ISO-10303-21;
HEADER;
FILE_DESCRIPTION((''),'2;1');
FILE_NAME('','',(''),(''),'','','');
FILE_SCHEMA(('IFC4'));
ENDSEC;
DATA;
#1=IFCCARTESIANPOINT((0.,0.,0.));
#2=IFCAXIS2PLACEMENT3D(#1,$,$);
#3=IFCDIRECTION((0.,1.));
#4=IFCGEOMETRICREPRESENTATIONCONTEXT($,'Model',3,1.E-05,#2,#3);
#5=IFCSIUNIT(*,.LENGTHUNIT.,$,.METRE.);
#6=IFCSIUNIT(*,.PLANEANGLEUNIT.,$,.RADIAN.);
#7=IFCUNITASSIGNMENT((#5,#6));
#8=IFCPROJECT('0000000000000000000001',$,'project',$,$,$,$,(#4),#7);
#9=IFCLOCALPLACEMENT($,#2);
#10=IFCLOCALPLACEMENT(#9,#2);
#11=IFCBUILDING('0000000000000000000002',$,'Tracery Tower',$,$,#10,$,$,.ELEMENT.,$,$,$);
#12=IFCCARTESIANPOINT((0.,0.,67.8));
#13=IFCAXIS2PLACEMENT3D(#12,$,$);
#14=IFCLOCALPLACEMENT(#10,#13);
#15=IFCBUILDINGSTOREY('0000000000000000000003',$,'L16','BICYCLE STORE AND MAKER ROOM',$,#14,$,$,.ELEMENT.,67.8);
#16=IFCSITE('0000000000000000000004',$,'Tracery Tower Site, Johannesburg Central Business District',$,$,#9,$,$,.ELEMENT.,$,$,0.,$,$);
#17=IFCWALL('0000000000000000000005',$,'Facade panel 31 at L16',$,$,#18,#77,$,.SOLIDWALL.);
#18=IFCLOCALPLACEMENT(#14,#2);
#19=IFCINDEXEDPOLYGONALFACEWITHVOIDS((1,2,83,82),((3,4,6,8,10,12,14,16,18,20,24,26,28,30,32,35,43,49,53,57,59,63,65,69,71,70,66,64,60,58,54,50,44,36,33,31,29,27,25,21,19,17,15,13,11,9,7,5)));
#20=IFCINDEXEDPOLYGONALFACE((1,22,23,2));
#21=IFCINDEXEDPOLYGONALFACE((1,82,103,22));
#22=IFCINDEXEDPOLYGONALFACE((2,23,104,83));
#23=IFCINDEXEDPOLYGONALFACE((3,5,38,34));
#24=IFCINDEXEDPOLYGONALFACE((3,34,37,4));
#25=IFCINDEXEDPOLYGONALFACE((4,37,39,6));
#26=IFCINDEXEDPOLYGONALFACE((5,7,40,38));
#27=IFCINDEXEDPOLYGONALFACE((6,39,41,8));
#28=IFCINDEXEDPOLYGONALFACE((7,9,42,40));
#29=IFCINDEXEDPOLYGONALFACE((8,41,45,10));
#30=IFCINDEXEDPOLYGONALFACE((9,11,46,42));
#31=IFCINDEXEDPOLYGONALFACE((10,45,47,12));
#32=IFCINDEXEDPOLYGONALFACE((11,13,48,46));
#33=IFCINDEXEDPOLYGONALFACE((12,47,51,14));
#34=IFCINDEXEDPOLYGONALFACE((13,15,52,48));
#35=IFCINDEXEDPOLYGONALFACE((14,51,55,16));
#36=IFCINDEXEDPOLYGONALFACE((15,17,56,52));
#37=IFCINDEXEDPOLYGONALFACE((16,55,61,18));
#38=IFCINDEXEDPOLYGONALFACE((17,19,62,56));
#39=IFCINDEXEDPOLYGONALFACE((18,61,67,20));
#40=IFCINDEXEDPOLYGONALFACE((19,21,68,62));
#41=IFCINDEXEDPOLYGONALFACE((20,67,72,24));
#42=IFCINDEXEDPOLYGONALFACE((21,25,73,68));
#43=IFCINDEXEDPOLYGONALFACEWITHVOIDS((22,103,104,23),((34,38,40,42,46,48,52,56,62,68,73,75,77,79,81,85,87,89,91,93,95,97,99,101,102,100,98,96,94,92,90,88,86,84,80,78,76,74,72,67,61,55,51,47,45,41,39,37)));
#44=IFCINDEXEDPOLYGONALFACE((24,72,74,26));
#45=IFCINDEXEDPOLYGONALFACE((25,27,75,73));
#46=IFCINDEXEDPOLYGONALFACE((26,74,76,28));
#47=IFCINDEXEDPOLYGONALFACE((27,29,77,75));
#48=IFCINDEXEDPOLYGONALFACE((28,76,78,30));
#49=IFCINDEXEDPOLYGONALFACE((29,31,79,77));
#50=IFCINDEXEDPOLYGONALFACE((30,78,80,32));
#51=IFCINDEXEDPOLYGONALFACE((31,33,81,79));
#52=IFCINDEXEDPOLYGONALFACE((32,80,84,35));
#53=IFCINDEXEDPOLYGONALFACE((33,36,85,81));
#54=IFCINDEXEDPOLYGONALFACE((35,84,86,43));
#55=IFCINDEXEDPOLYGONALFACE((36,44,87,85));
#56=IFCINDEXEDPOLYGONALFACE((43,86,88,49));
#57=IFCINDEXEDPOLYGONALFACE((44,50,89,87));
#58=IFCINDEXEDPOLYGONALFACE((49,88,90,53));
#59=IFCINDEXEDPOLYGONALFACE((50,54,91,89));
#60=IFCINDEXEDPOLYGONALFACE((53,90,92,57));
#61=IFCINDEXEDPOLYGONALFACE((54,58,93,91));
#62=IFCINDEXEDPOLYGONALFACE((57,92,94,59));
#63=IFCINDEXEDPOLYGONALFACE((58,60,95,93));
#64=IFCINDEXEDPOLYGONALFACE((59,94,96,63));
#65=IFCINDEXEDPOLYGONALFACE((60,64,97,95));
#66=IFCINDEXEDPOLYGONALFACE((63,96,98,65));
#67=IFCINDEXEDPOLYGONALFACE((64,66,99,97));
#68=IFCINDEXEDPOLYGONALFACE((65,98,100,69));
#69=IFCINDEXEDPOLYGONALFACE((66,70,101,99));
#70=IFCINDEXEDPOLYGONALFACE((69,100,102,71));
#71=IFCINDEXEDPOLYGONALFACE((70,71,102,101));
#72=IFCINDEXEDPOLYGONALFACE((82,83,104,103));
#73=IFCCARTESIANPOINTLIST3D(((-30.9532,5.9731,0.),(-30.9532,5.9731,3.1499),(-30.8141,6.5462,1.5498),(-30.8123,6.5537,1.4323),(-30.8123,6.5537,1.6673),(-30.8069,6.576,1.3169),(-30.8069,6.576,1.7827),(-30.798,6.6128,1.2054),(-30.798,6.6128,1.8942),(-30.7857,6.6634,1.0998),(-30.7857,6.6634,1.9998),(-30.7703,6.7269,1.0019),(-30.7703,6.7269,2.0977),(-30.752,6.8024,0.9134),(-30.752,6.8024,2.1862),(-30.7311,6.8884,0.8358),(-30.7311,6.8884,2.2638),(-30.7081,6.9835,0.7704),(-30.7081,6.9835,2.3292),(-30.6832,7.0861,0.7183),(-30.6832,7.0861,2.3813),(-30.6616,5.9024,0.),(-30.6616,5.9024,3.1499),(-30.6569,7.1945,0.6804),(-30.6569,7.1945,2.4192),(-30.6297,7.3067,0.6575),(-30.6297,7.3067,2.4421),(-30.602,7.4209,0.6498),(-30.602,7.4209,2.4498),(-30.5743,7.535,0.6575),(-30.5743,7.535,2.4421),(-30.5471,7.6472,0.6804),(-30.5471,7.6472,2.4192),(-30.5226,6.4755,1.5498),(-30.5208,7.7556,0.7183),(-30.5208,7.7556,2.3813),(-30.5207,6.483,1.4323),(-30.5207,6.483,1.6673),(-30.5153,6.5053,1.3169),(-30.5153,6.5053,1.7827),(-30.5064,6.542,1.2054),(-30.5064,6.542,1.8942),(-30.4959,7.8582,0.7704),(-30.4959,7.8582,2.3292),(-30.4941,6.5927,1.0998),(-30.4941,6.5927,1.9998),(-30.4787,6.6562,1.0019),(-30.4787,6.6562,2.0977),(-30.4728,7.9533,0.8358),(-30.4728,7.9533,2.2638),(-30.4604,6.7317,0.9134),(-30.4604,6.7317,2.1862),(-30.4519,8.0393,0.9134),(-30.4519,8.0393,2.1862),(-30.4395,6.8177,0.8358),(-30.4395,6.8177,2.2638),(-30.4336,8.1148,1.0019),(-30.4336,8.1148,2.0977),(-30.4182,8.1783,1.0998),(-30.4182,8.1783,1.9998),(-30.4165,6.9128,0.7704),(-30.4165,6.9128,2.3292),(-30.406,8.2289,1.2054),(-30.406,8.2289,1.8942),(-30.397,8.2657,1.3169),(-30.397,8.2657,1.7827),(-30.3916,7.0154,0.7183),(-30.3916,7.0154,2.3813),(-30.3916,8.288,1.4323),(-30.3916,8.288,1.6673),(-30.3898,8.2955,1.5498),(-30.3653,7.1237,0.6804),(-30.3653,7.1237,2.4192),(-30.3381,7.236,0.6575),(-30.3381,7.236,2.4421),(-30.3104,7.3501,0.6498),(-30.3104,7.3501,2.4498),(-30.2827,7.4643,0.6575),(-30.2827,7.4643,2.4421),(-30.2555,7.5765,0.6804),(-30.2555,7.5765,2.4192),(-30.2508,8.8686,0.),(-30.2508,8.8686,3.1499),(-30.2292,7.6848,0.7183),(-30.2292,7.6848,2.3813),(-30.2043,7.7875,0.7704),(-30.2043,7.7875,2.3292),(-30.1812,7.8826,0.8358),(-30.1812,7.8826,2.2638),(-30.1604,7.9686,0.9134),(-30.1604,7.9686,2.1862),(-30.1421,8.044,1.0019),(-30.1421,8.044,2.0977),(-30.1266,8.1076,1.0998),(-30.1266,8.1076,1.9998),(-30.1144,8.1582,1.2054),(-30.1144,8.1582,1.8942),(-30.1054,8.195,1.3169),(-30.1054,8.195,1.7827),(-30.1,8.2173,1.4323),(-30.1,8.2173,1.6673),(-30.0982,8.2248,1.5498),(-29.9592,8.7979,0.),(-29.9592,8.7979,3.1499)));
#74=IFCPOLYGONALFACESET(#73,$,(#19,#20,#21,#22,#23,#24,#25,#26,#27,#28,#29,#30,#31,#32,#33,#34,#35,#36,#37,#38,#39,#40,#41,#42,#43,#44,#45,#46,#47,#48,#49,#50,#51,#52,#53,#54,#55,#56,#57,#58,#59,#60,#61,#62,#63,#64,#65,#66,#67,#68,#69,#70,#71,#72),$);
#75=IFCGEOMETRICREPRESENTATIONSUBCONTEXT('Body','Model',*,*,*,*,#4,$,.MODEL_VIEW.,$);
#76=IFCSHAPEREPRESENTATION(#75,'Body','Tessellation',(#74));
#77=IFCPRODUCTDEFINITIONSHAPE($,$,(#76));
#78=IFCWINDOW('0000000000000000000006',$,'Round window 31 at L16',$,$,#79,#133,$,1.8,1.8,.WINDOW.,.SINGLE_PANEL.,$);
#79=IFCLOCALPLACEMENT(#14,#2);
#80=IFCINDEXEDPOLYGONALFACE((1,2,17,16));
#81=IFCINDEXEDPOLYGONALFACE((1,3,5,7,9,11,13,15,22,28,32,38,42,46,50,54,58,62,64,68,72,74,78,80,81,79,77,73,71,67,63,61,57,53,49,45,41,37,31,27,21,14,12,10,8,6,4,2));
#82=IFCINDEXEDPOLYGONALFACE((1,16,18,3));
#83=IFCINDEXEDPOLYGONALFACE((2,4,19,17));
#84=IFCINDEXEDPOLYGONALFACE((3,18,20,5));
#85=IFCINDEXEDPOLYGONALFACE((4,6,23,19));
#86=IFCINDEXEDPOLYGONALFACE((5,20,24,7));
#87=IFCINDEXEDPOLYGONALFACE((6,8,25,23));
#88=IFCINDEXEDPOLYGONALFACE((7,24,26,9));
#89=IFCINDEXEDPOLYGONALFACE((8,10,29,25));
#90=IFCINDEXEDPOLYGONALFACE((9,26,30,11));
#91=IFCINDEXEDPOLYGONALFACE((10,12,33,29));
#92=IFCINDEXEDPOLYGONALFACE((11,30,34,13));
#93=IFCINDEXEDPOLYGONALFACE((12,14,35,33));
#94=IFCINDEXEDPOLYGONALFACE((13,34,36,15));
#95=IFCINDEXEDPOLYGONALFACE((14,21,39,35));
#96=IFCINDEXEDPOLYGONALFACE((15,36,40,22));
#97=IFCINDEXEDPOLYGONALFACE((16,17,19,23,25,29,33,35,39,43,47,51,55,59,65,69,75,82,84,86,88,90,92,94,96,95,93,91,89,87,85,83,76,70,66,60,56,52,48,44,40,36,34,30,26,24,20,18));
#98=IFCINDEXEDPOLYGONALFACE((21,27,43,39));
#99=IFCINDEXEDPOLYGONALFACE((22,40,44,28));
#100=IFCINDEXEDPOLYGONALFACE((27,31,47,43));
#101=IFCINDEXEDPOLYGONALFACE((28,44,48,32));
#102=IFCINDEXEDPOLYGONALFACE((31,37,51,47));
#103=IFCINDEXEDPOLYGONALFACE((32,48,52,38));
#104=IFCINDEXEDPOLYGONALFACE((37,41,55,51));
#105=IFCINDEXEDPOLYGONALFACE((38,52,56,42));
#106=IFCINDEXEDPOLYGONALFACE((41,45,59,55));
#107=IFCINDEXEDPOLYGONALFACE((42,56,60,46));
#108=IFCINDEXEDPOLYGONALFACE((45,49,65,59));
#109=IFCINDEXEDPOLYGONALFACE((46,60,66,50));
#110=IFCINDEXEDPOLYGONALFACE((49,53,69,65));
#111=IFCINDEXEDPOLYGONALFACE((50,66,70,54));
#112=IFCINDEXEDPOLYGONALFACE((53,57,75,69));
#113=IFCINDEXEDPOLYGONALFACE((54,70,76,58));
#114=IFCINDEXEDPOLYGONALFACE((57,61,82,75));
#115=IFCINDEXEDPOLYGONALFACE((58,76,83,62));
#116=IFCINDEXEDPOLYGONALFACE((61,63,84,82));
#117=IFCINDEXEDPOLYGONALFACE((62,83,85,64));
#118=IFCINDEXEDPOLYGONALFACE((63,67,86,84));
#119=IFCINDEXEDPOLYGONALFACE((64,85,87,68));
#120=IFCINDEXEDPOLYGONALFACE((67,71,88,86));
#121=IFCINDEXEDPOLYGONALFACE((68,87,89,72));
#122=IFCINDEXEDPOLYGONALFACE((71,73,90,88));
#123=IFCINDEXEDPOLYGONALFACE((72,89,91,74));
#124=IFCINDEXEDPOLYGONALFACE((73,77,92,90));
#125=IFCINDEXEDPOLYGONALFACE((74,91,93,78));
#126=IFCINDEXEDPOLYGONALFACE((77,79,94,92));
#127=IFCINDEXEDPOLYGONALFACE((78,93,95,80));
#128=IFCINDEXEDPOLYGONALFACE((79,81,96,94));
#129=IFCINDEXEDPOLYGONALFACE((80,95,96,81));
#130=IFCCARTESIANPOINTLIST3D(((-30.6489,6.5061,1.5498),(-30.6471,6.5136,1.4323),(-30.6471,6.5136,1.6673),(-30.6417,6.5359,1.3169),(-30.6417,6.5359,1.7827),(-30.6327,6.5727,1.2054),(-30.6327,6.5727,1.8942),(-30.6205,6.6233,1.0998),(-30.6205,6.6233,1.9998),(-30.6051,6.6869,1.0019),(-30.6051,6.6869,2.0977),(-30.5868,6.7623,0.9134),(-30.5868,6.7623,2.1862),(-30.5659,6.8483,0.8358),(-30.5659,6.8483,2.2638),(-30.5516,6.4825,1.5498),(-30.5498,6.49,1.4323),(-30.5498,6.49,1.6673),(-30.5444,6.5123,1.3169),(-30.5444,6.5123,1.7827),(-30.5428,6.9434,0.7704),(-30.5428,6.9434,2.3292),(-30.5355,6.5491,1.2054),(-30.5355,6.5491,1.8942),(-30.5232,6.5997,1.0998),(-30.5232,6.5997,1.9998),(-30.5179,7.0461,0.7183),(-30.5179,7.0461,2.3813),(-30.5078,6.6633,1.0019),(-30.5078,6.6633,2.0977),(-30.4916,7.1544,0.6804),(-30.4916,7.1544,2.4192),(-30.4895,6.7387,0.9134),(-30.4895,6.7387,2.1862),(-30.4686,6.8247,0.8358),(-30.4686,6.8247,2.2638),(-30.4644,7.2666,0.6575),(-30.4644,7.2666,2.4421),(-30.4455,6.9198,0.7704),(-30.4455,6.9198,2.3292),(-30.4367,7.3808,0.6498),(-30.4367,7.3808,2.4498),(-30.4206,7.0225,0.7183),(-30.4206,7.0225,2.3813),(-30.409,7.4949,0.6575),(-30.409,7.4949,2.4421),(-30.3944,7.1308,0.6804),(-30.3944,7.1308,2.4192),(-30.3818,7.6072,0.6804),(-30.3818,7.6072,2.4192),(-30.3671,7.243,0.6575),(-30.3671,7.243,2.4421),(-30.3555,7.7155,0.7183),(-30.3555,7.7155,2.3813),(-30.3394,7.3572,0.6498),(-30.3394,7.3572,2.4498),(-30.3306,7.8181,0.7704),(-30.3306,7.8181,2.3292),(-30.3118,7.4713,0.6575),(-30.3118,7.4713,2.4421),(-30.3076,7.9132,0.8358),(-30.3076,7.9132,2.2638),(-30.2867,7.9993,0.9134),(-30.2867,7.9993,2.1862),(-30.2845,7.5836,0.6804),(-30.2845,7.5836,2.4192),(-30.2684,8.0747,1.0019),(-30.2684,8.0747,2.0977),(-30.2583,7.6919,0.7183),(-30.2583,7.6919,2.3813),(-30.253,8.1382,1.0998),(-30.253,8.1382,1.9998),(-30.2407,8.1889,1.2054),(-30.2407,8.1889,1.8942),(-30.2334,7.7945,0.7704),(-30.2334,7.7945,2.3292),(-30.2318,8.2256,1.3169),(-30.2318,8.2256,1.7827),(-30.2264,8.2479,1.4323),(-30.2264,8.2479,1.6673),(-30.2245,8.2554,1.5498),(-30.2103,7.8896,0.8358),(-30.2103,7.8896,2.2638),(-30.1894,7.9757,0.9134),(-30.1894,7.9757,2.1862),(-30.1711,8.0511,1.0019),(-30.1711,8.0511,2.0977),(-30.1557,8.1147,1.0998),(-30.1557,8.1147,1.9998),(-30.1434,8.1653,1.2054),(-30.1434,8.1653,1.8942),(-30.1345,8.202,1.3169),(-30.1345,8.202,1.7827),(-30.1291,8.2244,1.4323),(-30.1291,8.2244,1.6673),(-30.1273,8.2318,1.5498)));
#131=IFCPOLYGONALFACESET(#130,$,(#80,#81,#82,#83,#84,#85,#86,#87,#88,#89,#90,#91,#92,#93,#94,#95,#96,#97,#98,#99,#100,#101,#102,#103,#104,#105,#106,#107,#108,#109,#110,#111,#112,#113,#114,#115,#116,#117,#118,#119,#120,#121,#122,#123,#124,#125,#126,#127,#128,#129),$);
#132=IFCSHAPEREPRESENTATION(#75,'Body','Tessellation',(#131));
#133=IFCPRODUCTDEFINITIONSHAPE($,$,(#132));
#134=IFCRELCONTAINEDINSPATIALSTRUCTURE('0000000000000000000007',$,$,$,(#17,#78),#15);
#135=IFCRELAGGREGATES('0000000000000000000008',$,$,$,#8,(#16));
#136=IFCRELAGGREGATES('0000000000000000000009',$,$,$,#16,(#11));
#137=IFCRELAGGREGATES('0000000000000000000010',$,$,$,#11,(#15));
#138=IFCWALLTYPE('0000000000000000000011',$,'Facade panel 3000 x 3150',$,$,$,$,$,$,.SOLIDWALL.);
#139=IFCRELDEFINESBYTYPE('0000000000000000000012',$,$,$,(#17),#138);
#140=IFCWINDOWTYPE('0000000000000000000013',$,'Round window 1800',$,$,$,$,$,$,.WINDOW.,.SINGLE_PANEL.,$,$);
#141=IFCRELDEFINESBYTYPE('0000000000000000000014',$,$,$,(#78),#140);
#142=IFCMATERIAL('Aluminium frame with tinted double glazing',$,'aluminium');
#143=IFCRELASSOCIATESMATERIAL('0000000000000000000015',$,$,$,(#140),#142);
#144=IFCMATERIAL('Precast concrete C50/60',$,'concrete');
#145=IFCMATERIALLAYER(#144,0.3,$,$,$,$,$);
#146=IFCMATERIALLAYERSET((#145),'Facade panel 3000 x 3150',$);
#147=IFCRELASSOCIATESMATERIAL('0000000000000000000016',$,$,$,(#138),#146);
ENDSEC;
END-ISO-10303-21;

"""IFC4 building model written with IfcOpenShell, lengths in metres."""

from ifc_helpers import new_model, si_unit, direction, frame, frame_2d, origin, origin_2d, place, context, subcontext, project, spatial, rectangle, circle, extrude, material, layer, layer_set, type_object, element, fill, save


model = new_model("IFC4")

# Units and contexts
model_context = context("Model", 3, precision=1e-05, world=origin(), true_north=direction((0.0, 1.0)))
body_context = subcontext(model_context, "Body", "Model", "MODEL_VIEW")
ifc_project = project(units=[si_unit("LENGTHUNIT", "METRE"), si_unit("PLANEANGLEUNIT", "RADIAN")], contexts=[model_context])

# Site, building, storey
site_placement = place(None, origin())
site = spatial("IfcSite", under=ifc_project, at=site_placement, Name="Tracery Tower Site, Johannesburg Central Business District", CompositionType="ELEMENT", RefElevation=0.0)
building_placement = place(site_placement, origin())
building = spatial("IfcBuilding", under=site, at=building_placement, Name="Tracery Tower", CompositionType="ELEMENT")
storey_placement = place(building_placement, frame((0.0, 0.0, 67.8)))
storey = spatial("IfcBuildingStorey", under=building, at=storey_placement, Name="L16", Description="BICYCLE STORE AND MAKER ROOM", CompositionType="ELEMENT", Elevation=67.8)

# Wall, opening, window
ifc_material_1 = material(Name="Aluminium frame with tinted double glazing", Category="aluminium")
window_type = type_object("IfcWindowType", Name="Round window 1800", PartitioningType="SINGLE_PANEL", PredefinedType="WINDOW", material=ifc_material_1)
ifc_material_2 = material(Name="Precast concrete C50/60", Category="concrete")
ifc_layer_1 = layer(ifc_material_2, 0.3)
ifc_layer_set_1 = layer_set([ifc_layer_1], Name="Facade panel 3000 x 3150")
wall_type_1 = type_object("IfcWallType", Name="Facade panel 3000 x 3150", PredefinedType="SOLIDWALL", material=ifc_layer_set_1)
wall_1_placement = place(storey_placement, frame((-30.105, 8.8333, 0.0), z_axis=(0.0, 0.0, 1.0), x_axis=(-0.235743, -0.971815, 0.0)))
wall_1 = element("IfcWall", 1, at=wall_1_placement, inside=storey, type_object=wall_type_1, Name="Facade panel 31 at L16", PredefinedType="SOLIDWALL", context=body_context, shape_type="SweptSolid", body=[
    extrude(rectangle(XDim=2.9795, YDim=0.3, at=frame_2d((1.4897, 0.0))), origin(), (0.0, 0.0, 1.0), 3.1499),
])
opening_1_placement = place(wall_1_placement, frame((1.4897, 0.0, 1.5498)))
opening_1 = element("IfcOpeningElement", 2, at=opening_1_placement, cuts=wall_1, PredefinedType="OPENING", context=body_context, shape_type="SweptSolid", body=[
    extrude(circle(Radius=0.9, at=origin_2d()), frame((0.0, 0.1599, 0.0), z_axis=(0.0, -1.0, 0.0), x_axis=(1.0, 0.0, 0.0)), (0.0, 0.0, 1.0), 0.3201),
])
window_1_placement = place(opening_1_placement, origin())
window_1 = element("IfcWindow", 3, at=window_1_placement, inside=storey, type_object=window_type, Name="Round window 31 at L16", OverallHeight=1.8, OverallWidth=1.8, PartitioningType="SINGLE_PANEL", PredefinedType="WINDOW", context=body_context, shape_type="SweptSolid", body=[
    extrude(circle(Radius=0.9, at=origin_2d()), frame((0.0, 0.1201, 0.0), z_axis=(0.0, -1.0, 0.0), x_axis=(1.0, 0.0, 0.0)), (0.0, 0.0, 1.0), 0.1001),
])
fill(opening_1, window_1)

save(model, "model.ifc")
